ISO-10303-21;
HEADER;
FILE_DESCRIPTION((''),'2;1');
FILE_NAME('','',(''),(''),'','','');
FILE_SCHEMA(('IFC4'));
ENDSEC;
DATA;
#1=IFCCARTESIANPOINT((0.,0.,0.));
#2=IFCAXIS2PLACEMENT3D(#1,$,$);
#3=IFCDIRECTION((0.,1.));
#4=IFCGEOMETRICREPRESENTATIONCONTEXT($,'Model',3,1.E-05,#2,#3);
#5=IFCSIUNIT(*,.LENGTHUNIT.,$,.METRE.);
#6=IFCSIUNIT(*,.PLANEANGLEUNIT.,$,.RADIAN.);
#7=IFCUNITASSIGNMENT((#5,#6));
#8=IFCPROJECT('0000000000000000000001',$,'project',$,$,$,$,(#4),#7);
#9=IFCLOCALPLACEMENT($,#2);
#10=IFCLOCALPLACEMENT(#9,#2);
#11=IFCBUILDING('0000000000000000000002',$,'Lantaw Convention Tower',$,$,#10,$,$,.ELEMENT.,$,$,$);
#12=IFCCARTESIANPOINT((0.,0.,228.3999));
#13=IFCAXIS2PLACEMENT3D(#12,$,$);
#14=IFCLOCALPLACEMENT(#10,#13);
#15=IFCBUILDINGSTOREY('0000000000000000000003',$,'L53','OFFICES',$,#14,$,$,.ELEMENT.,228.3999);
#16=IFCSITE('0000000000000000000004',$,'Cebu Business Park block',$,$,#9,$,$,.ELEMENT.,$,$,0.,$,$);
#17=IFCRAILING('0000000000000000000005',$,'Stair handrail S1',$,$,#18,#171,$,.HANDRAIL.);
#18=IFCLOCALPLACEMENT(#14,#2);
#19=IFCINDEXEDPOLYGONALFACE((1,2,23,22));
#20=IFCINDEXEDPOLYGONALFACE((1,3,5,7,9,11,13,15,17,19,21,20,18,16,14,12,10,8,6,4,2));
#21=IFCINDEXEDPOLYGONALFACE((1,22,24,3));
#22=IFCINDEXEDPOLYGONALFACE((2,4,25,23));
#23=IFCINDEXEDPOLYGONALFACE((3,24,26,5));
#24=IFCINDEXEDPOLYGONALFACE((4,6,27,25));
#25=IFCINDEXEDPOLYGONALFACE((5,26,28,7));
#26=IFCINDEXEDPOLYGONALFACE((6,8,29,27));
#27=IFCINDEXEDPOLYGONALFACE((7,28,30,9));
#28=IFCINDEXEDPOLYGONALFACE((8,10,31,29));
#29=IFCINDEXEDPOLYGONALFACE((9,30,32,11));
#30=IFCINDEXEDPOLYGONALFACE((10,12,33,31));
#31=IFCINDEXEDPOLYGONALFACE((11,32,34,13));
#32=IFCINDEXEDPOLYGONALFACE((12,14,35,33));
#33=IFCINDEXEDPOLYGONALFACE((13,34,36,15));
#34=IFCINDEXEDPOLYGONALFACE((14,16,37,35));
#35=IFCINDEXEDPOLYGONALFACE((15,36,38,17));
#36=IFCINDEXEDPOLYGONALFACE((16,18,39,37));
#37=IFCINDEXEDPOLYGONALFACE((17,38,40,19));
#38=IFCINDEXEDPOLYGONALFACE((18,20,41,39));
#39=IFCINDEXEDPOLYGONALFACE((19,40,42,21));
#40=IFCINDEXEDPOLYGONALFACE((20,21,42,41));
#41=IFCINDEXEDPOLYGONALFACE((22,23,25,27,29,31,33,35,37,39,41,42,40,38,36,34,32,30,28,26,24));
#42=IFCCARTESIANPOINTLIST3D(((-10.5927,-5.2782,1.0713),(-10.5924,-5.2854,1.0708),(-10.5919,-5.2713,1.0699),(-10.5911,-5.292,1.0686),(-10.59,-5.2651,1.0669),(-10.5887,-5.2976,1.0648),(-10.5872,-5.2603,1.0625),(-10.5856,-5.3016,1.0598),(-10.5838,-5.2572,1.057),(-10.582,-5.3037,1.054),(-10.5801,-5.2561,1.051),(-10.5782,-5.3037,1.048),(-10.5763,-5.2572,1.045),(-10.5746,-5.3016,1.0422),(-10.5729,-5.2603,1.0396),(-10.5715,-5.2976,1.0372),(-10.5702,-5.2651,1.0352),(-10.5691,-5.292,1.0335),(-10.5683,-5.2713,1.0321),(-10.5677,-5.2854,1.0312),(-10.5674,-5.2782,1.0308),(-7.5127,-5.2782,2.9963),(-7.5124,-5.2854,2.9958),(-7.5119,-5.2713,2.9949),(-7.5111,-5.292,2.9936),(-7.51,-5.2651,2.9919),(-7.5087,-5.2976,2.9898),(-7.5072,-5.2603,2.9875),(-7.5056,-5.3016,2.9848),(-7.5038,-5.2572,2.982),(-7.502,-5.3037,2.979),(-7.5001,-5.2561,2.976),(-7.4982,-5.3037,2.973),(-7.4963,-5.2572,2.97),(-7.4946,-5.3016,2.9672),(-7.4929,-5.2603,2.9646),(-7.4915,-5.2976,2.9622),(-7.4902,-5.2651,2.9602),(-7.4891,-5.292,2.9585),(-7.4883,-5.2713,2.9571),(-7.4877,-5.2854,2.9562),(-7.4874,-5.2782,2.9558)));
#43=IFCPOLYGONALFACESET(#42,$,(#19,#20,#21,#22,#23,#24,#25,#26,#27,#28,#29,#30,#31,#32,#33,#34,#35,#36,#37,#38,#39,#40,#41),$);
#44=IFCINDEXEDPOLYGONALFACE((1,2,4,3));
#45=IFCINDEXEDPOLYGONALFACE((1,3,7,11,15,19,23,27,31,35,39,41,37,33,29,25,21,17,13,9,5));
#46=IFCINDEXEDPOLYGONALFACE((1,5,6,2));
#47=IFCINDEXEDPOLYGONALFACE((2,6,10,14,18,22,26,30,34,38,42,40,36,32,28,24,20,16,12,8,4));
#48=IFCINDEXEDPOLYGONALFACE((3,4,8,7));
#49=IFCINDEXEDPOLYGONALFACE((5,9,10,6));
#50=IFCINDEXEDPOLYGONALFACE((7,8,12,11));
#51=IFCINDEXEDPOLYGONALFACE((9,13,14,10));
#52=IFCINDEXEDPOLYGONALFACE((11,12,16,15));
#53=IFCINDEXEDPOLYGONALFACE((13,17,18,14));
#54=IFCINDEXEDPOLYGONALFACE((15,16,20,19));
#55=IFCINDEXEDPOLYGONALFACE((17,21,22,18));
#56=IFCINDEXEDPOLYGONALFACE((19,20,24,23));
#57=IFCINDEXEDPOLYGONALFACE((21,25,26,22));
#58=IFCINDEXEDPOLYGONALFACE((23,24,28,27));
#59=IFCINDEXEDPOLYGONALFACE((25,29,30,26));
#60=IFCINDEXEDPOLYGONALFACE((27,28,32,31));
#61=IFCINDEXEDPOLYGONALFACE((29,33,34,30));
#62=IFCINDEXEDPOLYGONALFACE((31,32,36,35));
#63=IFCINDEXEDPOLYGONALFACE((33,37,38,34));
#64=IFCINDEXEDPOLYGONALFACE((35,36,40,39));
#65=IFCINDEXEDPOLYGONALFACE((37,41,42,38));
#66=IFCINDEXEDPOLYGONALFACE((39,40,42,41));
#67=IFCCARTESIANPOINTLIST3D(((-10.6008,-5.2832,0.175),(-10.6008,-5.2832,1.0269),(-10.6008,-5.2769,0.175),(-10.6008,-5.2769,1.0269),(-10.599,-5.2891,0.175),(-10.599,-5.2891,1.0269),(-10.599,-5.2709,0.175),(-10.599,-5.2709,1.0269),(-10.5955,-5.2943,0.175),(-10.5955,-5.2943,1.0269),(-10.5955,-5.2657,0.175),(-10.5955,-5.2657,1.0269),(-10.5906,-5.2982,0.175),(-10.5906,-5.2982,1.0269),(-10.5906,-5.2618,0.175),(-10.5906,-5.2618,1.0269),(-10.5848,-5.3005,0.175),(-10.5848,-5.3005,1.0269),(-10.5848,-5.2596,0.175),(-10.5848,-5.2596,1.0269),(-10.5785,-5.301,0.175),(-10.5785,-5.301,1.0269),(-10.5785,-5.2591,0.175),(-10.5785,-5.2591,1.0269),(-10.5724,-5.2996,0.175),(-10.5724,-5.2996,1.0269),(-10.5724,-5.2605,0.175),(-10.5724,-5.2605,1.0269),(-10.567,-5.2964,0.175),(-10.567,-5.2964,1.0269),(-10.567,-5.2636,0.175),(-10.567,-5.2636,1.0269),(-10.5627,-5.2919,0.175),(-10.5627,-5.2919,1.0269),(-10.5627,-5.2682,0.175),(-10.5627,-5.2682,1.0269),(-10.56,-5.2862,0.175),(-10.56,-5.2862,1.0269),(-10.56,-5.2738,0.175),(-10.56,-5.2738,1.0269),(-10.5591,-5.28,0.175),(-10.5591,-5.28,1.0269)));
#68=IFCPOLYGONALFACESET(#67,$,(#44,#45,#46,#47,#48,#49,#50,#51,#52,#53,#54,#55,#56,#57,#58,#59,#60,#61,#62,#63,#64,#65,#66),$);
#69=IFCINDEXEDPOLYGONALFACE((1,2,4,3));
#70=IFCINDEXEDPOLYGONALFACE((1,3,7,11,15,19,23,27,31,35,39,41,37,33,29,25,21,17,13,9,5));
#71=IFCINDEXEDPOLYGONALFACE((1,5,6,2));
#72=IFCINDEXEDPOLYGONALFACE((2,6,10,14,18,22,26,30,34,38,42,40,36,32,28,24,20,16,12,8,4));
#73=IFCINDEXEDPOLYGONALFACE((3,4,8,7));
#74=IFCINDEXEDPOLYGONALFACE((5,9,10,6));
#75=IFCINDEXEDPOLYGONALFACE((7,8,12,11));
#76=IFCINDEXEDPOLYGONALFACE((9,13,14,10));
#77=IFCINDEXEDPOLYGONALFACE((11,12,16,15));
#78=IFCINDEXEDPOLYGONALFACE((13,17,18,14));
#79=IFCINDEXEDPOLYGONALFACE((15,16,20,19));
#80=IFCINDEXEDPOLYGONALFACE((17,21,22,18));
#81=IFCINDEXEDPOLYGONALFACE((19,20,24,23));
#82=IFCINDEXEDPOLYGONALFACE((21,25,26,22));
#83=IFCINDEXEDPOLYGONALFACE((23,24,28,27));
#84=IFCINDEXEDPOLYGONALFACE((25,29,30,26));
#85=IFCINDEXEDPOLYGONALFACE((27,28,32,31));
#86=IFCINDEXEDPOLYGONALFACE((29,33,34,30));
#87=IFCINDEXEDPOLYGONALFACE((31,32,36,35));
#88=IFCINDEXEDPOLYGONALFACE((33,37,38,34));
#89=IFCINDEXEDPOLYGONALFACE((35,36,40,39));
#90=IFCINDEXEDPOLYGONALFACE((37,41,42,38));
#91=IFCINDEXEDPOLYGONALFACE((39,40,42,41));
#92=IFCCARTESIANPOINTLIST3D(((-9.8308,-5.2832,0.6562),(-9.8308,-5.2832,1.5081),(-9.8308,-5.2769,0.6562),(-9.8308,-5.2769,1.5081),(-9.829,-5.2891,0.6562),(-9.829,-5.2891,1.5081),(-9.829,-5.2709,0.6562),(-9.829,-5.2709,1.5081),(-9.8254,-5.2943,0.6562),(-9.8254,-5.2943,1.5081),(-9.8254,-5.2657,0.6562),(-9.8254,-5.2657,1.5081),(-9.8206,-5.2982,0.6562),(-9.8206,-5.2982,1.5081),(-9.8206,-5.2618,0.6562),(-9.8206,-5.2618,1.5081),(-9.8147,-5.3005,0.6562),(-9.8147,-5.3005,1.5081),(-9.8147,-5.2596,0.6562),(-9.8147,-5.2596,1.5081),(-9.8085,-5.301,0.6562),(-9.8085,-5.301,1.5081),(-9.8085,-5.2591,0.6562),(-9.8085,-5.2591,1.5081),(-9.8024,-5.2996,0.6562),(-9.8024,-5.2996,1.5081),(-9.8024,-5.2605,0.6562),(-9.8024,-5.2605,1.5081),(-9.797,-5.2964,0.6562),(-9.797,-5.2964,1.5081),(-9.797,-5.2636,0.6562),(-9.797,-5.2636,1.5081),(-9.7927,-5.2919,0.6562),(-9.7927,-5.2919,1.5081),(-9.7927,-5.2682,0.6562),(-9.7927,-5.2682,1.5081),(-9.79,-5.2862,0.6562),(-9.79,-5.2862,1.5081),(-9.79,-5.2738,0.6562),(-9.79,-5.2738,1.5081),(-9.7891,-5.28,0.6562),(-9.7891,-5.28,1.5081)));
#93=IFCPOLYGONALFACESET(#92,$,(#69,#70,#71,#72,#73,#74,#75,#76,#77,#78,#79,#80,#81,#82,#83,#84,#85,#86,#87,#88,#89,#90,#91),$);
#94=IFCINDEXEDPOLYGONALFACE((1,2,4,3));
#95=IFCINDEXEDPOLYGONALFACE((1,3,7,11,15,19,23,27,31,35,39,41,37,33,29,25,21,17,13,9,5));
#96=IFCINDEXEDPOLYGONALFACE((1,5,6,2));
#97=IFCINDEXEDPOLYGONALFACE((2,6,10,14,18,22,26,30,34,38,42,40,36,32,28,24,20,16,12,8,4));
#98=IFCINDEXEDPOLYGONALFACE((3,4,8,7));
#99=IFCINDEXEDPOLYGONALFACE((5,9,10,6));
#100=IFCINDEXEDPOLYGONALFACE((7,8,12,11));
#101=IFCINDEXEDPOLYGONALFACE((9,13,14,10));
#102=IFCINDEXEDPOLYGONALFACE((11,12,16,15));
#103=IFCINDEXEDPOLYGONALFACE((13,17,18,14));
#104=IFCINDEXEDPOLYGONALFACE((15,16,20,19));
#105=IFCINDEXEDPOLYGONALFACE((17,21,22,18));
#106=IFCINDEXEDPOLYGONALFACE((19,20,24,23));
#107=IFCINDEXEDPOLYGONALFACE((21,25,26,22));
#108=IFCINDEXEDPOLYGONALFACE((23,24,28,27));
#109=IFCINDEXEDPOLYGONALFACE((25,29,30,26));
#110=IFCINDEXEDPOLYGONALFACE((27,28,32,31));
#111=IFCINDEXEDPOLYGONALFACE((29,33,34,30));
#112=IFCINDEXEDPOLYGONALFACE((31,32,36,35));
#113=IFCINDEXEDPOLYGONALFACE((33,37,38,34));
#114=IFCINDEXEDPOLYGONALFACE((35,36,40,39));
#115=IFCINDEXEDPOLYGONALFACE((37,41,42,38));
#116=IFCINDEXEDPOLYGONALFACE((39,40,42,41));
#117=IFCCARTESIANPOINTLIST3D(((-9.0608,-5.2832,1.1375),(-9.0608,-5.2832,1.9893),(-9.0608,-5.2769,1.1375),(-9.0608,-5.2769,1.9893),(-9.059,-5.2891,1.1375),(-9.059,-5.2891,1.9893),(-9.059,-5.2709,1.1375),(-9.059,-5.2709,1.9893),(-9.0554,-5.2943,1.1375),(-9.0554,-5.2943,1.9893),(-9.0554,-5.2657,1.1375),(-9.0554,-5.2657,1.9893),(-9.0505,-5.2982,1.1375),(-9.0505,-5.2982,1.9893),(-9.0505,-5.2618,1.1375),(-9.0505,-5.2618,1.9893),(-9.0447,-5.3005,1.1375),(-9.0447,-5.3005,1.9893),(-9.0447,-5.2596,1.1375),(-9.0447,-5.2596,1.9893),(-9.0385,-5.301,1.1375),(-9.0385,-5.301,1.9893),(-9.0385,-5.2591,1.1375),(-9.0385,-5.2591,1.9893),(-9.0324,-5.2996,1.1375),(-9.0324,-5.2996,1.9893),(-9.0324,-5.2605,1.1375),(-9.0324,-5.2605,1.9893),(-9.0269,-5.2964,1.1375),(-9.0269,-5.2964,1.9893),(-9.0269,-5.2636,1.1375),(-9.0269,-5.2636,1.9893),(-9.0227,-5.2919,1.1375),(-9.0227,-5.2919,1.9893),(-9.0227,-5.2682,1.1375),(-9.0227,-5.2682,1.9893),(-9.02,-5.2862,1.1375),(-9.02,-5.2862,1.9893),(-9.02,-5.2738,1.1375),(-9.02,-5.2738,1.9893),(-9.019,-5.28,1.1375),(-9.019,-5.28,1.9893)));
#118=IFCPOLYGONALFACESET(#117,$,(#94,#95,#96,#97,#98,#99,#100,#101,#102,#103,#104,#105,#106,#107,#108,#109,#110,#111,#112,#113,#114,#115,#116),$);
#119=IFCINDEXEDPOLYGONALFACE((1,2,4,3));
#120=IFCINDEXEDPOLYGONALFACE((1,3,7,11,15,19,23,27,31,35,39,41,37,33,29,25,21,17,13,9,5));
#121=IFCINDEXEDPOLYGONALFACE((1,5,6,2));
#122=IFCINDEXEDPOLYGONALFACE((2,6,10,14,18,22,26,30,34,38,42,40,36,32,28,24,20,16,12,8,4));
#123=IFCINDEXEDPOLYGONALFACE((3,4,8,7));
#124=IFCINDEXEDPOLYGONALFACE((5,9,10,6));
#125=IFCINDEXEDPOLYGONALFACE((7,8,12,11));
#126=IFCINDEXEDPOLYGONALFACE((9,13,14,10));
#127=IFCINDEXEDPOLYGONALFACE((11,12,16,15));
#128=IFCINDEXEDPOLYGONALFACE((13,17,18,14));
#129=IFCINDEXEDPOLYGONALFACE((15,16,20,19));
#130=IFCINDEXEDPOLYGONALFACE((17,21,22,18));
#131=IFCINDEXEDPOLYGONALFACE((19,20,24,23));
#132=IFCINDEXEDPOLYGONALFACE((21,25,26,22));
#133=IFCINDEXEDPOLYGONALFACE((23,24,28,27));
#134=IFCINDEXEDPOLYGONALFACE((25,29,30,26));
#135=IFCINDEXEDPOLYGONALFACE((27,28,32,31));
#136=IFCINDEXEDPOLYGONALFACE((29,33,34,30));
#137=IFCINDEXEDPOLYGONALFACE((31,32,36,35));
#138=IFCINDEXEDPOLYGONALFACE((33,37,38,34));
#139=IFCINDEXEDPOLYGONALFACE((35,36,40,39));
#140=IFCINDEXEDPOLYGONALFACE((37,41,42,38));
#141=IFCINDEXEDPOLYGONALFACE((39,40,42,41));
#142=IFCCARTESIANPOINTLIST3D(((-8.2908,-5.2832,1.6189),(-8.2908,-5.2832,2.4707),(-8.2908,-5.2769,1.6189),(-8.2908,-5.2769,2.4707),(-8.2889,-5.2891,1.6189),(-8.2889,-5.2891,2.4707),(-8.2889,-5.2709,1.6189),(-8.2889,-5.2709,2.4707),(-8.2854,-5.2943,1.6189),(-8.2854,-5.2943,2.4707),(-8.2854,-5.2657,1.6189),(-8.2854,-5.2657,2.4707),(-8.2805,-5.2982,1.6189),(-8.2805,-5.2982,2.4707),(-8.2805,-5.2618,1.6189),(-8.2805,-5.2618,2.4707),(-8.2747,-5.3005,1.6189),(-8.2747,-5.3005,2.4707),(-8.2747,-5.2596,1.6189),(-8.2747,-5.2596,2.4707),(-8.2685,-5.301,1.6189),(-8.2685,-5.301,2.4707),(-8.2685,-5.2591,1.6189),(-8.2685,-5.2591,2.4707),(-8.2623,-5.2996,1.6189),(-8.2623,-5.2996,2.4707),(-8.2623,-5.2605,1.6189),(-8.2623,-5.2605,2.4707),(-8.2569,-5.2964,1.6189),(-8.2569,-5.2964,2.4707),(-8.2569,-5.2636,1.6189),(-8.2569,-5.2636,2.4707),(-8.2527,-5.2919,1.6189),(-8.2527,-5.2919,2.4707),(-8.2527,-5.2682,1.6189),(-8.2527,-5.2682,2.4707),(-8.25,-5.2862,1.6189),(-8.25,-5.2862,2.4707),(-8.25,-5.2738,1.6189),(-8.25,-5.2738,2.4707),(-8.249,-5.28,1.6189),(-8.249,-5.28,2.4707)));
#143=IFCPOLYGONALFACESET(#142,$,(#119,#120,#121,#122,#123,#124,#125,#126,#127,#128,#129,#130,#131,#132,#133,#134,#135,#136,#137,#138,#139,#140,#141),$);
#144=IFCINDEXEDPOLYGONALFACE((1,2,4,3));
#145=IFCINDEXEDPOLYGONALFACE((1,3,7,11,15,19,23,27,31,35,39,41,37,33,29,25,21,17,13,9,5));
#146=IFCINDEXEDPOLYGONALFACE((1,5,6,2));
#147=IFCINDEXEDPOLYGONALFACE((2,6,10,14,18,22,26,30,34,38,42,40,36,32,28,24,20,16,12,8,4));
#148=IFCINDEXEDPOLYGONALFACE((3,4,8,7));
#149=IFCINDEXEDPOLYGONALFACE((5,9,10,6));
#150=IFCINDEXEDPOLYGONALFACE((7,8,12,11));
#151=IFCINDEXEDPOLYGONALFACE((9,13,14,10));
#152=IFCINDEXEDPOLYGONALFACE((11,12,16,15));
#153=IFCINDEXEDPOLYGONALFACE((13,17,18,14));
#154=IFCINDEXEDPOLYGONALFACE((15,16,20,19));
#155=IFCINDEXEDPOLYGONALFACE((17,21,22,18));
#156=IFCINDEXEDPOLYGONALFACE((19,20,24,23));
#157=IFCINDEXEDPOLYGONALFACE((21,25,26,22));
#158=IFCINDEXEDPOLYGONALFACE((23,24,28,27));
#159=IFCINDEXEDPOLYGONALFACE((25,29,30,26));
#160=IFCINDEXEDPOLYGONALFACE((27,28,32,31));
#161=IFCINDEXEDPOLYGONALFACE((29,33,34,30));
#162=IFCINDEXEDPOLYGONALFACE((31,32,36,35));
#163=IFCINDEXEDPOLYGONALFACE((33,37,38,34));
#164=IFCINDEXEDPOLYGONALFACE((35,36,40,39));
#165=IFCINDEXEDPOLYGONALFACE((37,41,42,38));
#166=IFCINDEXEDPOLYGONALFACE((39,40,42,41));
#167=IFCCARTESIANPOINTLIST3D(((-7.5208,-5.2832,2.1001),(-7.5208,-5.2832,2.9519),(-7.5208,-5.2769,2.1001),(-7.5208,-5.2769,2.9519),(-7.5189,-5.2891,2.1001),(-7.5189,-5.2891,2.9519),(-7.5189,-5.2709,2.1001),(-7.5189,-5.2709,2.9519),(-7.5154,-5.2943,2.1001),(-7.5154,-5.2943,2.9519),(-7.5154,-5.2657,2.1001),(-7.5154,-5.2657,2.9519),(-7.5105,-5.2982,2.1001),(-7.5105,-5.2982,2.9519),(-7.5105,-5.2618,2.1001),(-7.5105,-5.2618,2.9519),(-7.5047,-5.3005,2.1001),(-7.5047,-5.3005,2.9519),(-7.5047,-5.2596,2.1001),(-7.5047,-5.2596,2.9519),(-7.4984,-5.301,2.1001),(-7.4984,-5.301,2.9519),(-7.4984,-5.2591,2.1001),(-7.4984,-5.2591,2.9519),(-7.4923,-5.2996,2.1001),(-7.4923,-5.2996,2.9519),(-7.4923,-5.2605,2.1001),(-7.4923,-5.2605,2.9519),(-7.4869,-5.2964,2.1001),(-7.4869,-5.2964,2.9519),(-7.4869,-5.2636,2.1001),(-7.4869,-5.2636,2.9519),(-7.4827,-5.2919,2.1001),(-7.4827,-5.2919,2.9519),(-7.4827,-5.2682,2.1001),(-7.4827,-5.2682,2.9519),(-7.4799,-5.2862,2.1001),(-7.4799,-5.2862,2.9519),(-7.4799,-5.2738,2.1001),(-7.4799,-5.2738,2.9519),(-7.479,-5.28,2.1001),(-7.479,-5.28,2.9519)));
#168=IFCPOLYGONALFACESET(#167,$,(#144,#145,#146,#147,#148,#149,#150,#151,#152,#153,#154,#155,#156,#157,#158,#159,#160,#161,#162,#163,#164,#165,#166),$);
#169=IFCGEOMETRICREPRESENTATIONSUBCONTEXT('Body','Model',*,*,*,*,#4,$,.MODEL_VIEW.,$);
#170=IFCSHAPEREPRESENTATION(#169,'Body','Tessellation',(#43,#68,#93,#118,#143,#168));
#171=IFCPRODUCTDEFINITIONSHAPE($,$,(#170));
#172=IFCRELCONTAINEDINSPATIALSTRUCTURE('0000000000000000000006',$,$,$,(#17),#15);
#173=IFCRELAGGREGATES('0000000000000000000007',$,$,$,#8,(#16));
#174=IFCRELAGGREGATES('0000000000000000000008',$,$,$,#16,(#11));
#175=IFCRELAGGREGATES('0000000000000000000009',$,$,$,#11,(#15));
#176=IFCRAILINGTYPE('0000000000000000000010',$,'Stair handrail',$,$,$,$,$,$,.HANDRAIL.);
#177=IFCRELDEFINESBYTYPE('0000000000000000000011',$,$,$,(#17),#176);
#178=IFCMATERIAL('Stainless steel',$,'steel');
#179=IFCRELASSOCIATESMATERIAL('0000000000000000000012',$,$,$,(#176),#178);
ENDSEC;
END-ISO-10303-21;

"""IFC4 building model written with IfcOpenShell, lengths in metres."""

from ifc_helpers import new_model, si_unit, direction, frame, origin, origin_2d, place, context, subcontext, project, spatial, circle, extrude, material, type_object, element, save


model = new_model("IFC4")

# Units and contexts
model_context = context("Model", 3, precision=1e-05, world=origin(), true_north=direction((0.0, 1.0)))
body_context = subcontext(model_context, "Body", "Model", "MODEL_VIEW")
ifc_project = project(units=[si_unit("LENGTHUNIT", "METRE"), si_unit("PLANEANGLEUNIT", "RADIAN")], contexts=[model_context])

# Site, building, storey
site_placement = place(None, origin())
site = spatial("IfcSite", under=ifc_project, at=site_placement, Name="Cebu Business Park block", CompositionType="ELEMENT", RefElevation=0.0)
building_placement = place(site_placement, origin())
building = spatial("IfcBuilding", under=site, at=building_placement, Name="Lantaw Convention Tower", CompositionType="ELEMENT")
storey_placement = place(building_placement, frame((0.0, 0.0, 228.3999)))
storey = spatial("IfcBuildingStorey", under=building, at=storey_placement, Name="L53", Description="OFFICES", CompositionType="ELEMENT", Elevation=228.3999)

# Shared definitions
ifc_material_1 = material(Name="Stainless steel", Category="steel")

# Railing
railing_type = type_object("IfcRailingType", Name="Stair handrail", PredefinedType="HANDRAIL", material=ifc_material_1)
railing_1_placement = place(storey_placement, frame((-10.5801, -5.28, 0.175)))
element("IfcRailing", 1, at=railing_1_placement, inside=storey, type_object=railing_type, Name="Stair handrail S1", PredefinedType="HANDRAIL", context=body_context, shape_type="SweptSolid", body=[
    extrude(circle(Radius=0.0239, at=origin_2d()), frame((0.0, 0.0, 0.876), z_axis=(0.847998, 0.0, 0.529999), x_axis=(0.0, 1.0, 0.0)), (0.0, 0.0, 1.0), 3.6321),
    extrude(circle(Radius=0.021, at=origin_2d()), origin(), (0.0, 0.0, 1.0), 0.8518),
    extrude(circle(Radius=0.021, at=origin_2d()), frame((0.77, 0.0, 0.4812)), (0.0, 0.0, 1.0), 0.8518),
    extrude(circle(Radius=0.021, at=origin_2d()), frame((1.54, 0.0, 0.9624)), (0.0, 0.0, 1.0), 0.8518),
    extrude(circle(Radius=0.021, at=origin_2d()), frame((2.3101, 0.0, 1.4438)), (0.0, 0.0, 1.0), 0.8518),
    extrude(circle(Radius=0.021, at=origin_2d()), frame((3.0801, 0.0, 1.925)), (0.0, 0.0, 1.0), 0.8518),
])

save(model, "model.ifc")
